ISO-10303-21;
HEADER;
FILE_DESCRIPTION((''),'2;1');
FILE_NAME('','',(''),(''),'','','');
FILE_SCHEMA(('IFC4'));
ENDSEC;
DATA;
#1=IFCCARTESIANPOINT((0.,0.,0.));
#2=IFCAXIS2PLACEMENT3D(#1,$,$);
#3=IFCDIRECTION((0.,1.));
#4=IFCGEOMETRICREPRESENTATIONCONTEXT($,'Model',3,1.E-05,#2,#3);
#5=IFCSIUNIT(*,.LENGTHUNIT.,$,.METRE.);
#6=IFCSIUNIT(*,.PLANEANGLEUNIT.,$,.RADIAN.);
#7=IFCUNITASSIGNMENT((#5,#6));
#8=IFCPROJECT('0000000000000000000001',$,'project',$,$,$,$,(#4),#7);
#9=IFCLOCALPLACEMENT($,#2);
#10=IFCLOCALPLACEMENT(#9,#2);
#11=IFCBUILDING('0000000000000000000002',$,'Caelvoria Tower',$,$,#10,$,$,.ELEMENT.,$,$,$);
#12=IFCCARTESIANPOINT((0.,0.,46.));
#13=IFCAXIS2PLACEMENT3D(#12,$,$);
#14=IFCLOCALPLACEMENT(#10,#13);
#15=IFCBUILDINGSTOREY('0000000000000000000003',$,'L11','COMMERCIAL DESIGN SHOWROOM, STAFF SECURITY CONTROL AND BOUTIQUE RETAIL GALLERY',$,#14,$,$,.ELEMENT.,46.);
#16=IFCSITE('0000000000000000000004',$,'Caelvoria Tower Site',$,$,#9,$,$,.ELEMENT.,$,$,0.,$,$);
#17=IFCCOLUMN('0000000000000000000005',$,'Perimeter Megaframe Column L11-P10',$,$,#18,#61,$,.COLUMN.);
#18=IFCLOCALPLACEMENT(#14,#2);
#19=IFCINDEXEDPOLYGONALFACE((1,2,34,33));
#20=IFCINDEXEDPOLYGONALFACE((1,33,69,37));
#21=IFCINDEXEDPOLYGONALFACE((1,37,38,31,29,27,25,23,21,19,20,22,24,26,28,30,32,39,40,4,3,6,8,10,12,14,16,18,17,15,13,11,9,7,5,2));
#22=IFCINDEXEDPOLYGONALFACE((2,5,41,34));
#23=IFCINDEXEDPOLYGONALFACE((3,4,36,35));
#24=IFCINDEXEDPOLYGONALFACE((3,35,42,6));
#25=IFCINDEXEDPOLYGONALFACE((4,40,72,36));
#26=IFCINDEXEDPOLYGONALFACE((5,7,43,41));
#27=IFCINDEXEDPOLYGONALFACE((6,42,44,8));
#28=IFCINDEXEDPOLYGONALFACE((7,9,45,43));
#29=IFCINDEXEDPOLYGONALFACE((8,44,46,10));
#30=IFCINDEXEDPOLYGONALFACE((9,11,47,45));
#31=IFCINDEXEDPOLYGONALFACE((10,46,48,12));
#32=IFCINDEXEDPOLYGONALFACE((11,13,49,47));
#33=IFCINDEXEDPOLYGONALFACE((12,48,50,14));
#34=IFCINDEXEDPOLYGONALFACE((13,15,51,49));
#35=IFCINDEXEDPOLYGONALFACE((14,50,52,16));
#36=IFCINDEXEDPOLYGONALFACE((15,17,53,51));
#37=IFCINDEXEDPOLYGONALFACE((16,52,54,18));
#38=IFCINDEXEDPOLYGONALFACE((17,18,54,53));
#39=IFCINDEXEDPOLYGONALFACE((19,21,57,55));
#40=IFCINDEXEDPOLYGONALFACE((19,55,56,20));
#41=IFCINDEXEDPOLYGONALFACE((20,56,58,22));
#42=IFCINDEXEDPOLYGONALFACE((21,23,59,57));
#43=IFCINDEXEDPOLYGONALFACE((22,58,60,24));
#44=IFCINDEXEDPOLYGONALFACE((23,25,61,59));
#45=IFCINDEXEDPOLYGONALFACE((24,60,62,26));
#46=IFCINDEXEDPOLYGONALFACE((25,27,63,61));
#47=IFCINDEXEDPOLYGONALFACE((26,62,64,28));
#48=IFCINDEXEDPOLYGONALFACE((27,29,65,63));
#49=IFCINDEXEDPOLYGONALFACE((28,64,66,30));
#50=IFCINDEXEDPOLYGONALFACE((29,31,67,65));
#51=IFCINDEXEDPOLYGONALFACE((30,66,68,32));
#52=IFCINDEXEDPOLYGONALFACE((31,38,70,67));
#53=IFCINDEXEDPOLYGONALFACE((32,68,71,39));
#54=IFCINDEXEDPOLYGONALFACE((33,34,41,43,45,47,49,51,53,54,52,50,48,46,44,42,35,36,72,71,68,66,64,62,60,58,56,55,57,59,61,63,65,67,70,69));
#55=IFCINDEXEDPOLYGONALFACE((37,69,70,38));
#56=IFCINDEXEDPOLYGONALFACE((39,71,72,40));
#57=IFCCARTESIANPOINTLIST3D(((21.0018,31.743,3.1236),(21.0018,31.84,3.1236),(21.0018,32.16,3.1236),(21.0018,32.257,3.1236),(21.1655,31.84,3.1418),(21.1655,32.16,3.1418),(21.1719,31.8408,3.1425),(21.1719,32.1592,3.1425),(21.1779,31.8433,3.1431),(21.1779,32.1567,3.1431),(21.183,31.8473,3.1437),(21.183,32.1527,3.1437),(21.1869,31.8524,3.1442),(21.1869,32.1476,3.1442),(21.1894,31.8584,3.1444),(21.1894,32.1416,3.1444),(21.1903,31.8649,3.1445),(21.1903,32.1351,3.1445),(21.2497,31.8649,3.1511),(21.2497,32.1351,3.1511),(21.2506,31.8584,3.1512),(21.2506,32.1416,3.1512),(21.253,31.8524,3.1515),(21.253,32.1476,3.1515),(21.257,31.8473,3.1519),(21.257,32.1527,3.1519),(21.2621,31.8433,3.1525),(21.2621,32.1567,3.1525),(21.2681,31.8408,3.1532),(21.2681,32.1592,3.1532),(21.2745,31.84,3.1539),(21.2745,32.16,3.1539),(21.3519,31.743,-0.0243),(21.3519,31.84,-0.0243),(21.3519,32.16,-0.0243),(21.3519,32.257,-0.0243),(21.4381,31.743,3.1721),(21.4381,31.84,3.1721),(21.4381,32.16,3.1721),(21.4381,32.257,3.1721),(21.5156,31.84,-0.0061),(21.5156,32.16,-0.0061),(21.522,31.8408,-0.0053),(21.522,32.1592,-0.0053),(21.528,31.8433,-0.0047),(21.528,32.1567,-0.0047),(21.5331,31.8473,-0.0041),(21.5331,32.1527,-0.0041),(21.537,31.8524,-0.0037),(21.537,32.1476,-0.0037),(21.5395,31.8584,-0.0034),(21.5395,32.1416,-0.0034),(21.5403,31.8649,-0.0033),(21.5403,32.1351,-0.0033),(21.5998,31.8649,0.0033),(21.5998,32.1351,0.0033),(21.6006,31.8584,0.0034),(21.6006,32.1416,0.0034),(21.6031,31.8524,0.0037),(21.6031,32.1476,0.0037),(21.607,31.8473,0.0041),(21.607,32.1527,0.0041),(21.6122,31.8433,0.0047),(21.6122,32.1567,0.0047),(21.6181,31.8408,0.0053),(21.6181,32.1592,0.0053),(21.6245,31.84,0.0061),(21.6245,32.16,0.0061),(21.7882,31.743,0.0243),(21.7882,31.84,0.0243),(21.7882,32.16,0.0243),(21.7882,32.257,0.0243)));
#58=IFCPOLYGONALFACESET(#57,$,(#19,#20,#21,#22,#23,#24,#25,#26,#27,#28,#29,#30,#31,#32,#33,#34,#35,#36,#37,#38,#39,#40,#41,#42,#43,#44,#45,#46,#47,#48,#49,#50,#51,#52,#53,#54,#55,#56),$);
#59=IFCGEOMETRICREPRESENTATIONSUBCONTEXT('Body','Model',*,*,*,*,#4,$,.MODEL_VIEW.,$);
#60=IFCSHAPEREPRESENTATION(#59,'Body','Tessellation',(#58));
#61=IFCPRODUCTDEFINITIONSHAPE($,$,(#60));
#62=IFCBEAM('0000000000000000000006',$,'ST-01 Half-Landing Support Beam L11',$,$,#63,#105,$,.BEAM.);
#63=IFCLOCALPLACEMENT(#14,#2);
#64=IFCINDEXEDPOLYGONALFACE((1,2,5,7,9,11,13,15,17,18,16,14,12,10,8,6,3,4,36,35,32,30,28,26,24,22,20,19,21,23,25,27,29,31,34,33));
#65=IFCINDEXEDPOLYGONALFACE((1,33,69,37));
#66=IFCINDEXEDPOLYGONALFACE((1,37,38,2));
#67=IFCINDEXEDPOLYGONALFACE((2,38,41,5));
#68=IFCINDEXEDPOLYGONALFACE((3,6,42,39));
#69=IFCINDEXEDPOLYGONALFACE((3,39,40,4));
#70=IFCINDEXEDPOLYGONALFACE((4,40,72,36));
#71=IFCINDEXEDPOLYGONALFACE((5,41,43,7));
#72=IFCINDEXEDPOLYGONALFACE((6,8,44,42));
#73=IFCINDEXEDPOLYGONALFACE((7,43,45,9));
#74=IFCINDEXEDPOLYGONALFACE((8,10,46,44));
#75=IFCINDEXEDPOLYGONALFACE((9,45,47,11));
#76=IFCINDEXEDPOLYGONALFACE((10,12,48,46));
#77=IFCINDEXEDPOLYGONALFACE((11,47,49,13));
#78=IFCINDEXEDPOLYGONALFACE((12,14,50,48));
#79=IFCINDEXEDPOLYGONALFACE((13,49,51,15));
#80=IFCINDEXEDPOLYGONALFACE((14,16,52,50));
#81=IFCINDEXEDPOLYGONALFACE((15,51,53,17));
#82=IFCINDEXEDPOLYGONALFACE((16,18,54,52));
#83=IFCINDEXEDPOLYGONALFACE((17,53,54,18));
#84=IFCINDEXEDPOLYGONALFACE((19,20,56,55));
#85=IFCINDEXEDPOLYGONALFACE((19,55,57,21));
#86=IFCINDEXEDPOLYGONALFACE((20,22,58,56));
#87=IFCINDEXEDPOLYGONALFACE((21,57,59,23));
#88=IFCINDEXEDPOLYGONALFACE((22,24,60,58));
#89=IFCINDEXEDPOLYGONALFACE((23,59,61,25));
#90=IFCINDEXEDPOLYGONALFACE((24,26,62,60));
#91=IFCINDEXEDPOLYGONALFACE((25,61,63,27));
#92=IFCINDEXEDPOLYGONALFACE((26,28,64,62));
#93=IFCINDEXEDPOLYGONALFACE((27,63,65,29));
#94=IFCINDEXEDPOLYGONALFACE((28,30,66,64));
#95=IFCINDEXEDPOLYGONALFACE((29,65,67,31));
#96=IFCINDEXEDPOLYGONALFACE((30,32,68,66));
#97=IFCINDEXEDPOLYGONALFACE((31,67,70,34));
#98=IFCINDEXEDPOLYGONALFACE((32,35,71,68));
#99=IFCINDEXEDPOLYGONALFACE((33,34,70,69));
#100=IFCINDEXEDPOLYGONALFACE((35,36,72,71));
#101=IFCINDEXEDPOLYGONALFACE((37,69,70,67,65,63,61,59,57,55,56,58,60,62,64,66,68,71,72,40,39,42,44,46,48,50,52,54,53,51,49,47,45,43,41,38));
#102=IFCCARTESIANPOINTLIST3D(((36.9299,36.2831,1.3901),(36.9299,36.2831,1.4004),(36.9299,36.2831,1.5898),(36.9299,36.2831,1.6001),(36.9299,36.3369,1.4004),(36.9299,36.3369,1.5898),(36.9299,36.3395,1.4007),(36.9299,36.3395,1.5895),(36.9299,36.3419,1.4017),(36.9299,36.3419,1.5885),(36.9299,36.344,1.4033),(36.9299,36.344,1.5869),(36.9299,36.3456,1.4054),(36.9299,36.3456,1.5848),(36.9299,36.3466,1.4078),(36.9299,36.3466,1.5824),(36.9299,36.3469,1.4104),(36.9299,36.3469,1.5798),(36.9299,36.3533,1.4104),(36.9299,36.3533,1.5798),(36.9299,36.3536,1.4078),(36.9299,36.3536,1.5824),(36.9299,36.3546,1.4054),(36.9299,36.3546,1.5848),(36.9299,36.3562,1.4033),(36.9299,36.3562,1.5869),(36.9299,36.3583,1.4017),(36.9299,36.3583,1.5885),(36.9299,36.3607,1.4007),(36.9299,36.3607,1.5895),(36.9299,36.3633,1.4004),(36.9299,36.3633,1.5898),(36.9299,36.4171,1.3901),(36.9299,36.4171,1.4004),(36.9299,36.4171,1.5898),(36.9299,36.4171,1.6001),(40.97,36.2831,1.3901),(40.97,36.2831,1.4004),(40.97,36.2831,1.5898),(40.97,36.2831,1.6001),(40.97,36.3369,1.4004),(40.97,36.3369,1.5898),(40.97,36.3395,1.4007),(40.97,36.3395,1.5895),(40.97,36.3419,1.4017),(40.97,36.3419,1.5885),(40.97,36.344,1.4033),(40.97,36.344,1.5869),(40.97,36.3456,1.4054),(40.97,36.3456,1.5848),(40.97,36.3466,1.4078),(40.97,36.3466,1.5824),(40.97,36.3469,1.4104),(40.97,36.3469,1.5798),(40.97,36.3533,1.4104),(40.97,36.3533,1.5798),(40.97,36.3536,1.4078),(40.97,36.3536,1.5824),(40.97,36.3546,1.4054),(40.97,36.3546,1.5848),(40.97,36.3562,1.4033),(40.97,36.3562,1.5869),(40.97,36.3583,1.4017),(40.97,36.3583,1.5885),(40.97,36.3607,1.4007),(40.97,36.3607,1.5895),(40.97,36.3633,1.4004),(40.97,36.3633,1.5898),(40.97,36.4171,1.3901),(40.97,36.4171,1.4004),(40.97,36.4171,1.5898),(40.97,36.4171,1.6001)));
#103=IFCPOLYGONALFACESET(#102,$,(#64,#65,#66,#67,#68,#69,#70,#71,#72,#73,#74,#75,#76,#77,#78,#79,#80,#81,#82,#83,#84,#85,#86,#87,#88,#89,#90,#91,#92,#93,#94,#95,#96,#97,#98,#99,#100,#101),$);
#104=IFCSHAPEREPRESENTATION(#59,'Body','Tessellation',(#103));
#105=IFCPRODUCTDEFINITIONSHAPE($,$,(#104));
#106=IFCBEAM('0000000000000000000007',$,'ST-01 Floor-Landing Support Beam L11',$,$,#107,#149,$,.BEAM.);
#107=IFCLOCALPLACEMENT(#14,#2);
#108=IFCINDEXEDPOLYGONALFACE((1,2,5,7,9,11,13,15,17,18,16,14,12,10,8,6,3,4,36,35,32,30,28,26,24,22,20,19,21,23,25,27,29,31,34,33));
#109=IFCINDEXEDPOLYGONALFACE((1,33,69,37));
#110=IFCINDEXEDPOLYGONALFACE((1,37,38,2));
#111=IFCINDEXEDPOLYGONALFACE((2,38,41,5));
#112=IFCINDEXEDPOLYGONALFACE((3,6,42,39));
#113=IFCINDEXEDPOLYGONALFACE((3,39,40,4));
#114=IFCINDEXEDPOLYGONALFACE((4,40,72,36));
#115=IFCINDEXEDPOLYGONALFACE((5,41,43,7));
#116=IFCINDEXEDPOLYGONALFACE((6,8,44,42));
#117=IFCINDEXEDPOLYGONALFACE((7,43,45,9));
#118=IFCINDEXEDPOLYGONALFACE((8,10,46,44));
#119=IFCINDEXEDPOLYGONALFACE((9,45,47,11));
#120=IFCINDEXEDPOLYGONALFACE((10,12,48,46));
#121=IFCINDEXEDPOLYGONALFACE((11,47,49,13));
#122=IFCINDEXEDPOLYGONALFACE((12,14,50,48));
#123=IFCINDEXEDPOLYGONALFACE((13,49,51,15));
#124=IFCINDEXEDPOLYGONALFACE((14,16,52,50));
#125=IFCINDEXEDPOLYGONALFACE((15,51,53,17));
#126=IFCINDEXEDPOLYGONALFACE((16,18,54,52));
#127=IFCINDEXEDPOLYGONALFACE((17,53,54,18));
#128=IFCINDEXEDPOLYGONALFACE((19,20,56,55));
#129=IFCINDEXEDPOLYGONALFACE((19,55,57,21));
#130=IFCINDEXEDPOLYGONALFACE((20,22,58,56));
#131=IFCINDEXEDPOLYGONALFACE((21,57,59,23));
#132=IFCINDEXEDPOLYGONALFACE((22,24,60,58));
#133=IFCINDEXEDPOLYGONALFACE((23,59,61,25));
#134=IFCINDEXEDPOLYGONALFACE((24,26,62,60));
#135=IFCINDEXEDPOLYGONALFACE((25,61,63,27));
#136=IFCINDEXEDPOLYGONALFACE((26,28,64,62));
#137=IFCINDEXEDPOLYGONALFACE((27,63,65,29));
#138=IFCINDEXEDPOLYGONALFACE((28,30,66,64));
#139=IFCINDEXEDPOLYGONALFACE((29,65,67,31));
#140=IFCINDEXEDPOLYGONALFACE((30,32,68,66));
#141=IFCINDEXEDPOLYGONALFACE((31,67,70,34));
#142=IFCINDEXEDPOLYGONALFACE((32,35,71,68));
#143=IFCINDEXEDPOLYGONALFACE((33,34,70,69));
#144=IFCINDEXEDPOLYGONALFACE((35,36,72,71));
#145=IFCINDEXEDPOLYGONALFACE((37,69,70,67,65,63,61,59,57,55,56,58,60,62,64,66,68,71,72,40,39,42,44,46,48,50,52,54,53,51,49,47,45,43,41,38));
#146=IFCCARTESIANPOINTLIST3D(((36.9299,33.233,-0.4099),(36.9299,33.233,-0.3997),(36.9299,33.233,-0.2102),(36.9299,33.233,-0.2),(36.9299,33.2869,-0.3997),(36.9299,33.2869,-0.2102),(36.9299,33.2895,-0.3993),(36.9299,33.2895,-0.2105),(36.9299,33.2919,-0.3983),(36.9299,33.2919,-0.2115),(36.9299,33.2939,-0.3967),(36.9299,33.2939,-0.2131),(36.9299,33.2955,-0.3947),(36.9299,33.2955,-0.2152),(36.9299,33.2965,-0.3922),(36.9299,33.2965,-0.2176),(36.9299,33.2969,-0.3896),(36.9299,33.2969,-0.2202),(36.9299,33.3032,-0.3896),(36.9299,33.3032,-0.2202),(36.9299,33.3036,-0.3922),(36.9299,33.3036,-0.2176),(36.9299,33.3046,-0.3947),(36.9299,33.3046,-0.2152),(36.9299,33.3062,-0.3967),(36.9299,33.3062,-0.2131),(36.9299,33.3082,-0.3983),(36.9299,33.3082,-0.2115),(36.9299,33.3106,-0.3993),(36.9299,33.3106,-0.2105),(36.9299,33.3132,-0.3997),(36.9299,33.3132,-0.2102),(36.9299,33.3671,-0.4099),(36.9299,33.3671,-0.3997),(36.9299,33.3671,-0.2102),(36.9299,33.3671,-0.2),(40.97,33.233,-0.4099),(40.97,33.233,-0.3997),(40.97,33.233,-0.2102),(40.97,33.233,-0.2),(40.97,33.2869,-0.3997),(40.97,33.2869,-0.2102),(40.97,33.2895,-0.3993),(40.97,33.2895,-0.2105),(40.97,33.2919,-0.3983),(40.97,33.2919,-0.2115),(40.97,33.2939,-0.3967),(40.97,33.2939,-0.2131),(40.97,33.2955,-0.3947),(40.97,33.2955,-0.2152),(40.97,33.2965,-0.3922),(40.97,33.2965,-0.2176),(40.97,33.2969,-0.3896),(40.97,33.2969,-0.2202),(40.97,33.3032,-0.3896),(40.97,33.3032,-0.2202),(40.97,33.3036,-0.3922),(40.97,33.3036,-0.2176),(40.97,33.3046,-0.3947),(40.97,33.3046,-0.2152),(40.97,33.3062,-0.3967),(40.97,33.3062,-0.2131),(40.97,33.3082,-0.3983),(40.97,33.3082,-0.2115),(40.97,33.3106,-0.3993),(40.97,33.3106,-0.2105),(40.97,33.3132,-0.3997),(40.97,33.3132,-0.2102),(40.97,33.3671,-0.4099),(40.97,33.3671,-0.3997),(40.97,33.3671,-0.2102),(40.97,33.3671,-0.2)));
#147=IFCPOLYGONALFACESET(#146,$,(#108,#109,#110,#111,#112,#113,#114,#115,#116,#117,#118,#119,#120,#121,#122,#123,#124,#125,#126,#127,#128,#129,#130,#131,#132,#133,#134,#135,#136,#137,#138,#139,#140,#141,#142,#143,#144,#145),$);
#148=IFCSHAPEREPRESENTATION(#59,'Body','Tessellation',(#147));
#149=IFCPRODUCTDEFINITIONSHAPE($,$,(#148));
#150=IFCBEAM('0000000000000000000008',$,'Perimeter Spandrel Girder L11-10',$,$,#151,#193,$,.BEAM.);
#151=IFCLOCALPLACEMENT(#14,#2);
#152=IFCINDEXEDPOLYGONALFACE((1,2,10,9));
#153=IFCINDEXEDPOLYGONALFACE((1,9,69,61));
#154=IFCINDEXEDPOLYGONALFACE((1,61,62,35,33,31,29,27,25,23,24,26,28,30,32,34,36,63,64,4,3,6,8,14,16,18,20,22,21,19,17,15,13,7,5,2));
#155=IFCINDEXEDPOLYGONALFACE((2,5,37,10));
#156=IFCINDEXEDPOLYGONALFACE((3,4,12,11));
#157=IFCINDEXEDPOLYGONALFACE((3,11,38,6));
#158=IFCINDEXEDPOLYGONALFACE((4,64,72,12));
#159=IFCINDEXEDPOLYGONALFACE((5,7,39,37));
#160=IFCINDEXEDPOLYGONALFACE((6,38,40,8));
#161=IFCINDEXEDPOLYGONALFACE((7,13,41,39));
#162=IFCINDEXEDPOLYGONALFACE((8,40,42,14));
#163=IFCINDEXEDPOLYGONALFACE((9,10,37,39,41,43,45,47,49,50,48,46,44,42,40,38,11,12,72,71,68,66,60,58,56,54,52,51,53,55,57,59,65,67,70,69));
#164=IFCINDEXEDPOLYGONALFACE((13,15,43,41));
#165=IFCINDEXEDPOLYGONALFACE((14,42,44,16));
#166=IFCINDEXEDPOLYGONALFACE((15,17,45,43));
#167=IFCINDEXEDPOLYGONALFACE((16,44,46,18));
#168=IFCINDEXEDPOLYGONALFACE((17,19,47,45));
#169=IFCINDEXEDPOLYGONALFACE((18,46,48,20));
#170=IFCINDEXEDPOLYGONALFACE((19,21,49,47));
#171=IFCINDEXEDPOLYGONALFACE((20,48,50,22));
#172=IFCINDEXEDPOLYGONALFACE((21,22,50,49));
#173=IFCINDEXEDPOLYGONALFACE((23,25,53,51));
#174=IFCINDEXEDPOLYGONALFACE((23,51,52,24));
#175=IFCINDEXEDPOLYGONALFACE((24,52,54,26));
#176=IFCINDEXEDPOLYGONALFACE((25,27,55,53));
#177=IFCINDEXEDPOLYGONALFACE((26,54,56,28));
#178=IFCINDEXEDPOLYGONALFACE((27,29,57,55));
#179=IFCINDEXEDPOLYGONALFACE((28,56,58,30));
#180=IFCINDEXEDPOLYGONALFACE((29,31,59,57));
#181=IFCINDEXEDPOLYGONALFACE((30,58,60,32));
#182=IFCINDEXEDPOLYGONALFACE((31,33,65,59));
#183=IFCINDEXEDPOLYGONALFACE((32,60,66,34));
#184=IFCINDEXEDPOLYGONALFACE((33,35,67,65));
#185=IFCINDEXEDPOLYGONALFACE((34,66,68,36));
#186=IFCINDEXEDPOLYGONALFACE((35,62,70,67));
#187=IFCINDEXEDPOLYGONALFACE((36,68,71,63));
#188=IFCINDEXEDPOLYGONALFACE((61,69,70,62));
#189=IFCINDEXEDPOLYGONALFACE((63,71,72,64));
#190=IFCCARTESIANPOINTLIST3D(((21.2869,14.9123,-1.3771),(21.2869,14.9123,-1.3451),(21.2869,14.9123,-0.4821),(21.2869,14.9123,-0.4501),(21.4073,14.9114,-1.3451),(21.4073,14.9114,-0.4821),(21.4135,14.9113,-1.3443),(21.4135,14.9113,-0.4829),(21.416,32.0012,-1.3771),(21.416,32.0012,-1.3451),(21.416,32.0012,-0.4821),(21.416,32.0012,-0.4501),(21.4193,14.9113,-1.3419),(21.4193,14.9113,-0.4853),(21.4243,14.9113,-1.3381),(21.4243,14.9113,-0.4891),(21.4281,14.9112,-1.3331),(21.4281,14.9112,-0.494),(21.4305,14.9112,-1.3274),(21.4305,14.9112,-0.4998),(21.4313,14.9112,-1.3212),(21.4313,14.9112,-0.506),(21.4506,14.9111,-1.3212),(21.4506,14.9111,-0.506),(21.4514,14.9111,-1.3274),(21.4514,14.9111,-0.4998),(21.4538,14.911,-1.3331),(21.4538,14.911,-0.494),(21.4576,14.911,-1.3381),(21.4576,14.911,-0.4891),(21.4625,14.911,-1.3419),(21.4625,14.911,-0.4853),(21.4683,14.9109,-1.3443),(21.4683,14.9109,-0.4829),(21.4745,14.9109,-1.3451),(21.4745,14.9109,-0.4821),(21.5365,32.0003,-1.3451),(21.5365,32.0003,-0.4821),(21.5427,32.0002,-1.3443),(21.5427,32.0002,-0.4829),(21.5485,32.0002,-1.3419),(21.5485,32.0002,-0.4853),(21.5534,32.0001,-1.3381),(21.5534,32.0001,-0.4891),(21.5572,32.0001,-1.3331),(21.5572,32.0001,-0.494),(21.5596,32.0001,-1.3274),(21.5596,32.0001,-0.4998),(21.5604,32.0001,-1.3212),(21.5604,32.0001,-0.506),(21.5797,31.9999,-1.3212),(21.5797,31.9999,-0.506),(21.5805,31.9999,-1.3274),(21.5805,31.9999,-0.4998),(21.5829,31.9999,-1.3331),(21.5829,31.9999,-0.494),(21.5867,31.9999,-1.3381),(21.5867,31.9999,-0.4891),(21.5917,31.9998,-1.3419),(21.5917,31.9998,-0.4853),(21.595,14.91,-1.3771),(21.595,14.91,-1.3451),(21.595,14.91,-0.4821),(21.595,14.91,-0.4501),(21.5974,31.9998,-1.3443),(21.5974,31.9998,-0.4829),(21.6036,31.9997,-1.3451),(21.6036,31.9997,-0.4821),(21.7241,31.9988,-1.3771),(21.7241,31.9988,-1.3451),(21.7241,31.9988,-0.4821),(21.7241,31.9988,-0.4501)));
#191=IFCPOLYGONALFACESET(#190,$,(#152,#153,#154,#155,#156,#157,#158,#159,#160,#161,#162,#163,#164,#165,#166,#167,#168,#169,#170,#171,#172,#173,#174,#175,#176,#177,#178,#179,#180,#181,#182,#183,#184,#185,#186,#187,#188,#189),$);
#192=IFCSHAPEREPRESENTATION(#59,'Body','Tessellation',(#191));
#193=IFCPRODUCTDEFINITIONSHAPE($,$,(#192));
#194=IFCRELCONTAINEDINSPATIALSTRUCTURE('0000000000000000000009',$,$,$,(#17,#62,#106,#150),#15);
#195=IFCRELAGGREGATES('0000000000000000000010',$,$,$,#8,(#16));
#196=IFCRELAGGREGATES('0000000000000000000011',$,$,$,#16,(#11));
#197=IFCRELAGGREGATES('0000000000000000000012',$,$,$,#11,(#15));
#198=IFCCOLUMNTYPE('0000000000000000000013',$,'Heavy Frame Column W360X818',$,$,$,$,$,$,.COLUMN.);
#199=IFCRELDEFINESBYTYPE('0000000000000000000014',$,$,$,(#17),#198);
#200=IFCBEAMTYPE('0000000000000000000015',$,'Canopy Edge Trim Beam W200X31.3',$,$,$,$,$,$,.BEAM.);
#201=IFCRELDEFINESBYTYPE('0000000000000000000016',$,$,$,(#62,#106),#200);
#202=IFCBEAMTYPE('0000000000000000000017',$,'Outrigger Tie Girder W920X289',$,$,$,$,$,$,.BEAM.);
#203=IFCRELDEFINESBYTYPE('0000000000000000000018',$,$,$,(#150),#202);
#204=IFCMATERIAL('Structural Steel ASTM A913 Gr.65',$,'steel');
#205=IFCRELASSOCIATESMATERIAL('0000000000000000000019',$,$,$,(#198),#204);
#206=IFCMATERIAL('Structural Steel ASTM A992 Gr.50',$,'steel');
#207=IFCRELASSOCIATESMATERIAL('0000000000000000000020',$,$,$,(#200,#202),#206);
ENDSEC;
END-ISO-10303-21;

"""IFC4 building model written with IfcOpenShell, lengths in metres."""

from ifc_helpers import new_model, si_unit, direction, frame, origin, origin_2d, place, context, subcontext, project, spatial, i_section, extrude, material, material_profile, profile_set, type_object, element, save


model = new_model("IFC4")

# Units and contexts
model_context = context("Model", 3, precision=1e-05, world=origin(), true_north=direction((0.0, 1.0)))
body_context = subcontext(model_context, "Body", "Model", "MODEL_VIEW")
ifc_project = project(units=[si_unit("LENGTHUNIT", "METRE"), si_unit("PLANEANGLEUNIT", "RADIAN")], contexts=[model_context])

# Site, building, storey
site_placement = place(None, origin())
site = spatial("IfcSite", under=ifc_project, at=site_placement, Name="Caelvoria Tower Site", CompositionType="ELEMENT", RefElevation=0.0)
building_placement = place(site_placement, origin())
building = spatial("IfcBuilding", under=site, at=building_placement, Name="Caelvoria Tower", CompositionType="ELEMENT")
storey_placement = place(building_placement, frame((0.0, 0.0, 46.0)))
storey = spatial("IfcBuildingStorey", under=building, at=storey_placement, Name="L11", Description="COMMERCIAL DESIGN SHOWROOM, STAFF SECURITY CONTROL AND BOUTIQUE RETAIL GALLERY", CompositionType="ELEMENT", Elevation=46.0)

# Column
ifc_material_1 = material(Name="Structural Steel ASTM A913 Gr.65", Category="steel")
ifc_material_profile_1 = material_profile(ifc_material_1, i_section(OverallWidth=0.439, OverallDepth=0.5139, WebThickness=0.0598, FlangeThickness=0.0969, FilletRadius=0.0249, at=origin_2d()), Name="Structural Steel ASTM A913 Gr.65")
ifc_profile_set_1 = profile_set([ifc_material_profile_1], Name="W360X818 - Structural Steel ASTM A913 Gr.65")
column_type = type_object("IfcColumnType", Name="Heavy Frame Column W360X818", PredefinedType="COLUMN", material=ifc_profile_set_1)
column_placement = place(storey_placement, frame((21.5701, 32.0, 0.0), z_axis=(-0.110533, 0.0, 0.993872), x_axis=(0.993872, 0.0, 0.110533)))
element("IfcColumn", 1, at=column_placement, inside=storey, type_object=column_type, Name="Perimeter Megaframe Column L11-P10", PredefinedType="COLUMN", context=body_context, shape_type="SweptSolid", body=[
    extrude(i_section(OverallWidth=0.439, OverallDepth=0.5139, WebThickness=0.0598, FlangeThickness=0.0969, FilletRadius=0.0249, at=origin_2d()), origin(), (0.0, 0.0, 1.0), 3.1672),
])

# Beams
ifc_material_2 = material(Name="Structural Steel ASTM A992 Gr.50", Category="steel")
ifc_material_profile_2 = material_profile(ifc_material_2, i_section(OverallWidth=0.134, OverallDepth=0.21, WebThickness=0.0063, FlangeThickness=0.0103, FilletRadius=0.01, at=origin_2d()), Name="Structural Steel ASTM A992 Gr.50")
ifc_profile_set_2 = profile_set([ifc_material_profile_2], Name="W200X31.3 - Structural Steel ASTM A992 Gr.50")
beam_type_1 = type_object("IfcBeamType", Name="Canopy Edge Trim Beam W200X31.3", PredefinedType="BEAM", material=ifc_profile_set_2)
for number, where, z_axis, x_axis, name in (
    (2, (36.9299, 36.3501, 1.4951), (1.0, 0.0, 0.0), (0.0, 1.0, 0.0), "ST-01 Half-Landing Support Beam L11"),
    (3, (36.9299, 33.3, -0.3049), (1.0, 0.0, 0.0), (0.0, 1.0, 0.0), "ST-01 Floor-Landing Support Beam L11"),
):
    element("IfcBeam", number, at=place(storey_placement, frame(where, z_axis=z_axis, x_axis=x_axis)), inside=storey, type_object=beam_type_1, Name=name, PredefinedType="BEAM", context=body_context, shape_type="SweptSolid", body=[
        extrude(i_section(OverallWidth=0.134, OverallDepth=0.21, WebThickness=0.0063, FlangeThickness=0.0103, FilletRadius=0.01, at=origin_2d()), origin(), (0.0, 0.0, 1.0), 4.04),
    ])
ifc_material_profile_3 = material_profile(ifc_material_2, i_section(OverallWidth=0.3081, OverallDepth=0.927, WebThickness=0.0193, FlangeThickness=0.032, FilletRadius=0.0239, at=origin_2d()), Name="Structural Steel ASTM A992 Gr.50")
ifc_profile_set_3 = profile_set([ifc_material_profile_3], Name="W920X289 - Structural Steel ASTM A992 Gr.50")
beam_type_2 = type_object("IfcBeamType", Name="Outrigger Tie Girder W920X289", PredefinedType="BEAM", material=ifc_profile_set_3)
beam_1_placement = place(storey_placement, frame((21.5701, 32.0, -0.9136), z_axis=(-0.007557, -0.999971, 0.0), x_axis=(0.999971, -0.007557, 0.0)))
element("IfcBeam", 4, at=beam_1_placement, inside=storey, type_object=beam_type_2, Name="Perimeter Spandrel Girder L11-10", PredefinedType="BEAM", context=body_context, shape_type="SweptSolid", body=[
    extrude(i_section(OverallWidth=0.3081, OverallDepth=0.927, WebThickness=0.0193, FlangeThickness=0.032, FilletRadius=0.0239, at=origin_2d()), origin(), (0.0, 0.0, 1.0), 17.0894),
])

save(model, "model.ifc")
